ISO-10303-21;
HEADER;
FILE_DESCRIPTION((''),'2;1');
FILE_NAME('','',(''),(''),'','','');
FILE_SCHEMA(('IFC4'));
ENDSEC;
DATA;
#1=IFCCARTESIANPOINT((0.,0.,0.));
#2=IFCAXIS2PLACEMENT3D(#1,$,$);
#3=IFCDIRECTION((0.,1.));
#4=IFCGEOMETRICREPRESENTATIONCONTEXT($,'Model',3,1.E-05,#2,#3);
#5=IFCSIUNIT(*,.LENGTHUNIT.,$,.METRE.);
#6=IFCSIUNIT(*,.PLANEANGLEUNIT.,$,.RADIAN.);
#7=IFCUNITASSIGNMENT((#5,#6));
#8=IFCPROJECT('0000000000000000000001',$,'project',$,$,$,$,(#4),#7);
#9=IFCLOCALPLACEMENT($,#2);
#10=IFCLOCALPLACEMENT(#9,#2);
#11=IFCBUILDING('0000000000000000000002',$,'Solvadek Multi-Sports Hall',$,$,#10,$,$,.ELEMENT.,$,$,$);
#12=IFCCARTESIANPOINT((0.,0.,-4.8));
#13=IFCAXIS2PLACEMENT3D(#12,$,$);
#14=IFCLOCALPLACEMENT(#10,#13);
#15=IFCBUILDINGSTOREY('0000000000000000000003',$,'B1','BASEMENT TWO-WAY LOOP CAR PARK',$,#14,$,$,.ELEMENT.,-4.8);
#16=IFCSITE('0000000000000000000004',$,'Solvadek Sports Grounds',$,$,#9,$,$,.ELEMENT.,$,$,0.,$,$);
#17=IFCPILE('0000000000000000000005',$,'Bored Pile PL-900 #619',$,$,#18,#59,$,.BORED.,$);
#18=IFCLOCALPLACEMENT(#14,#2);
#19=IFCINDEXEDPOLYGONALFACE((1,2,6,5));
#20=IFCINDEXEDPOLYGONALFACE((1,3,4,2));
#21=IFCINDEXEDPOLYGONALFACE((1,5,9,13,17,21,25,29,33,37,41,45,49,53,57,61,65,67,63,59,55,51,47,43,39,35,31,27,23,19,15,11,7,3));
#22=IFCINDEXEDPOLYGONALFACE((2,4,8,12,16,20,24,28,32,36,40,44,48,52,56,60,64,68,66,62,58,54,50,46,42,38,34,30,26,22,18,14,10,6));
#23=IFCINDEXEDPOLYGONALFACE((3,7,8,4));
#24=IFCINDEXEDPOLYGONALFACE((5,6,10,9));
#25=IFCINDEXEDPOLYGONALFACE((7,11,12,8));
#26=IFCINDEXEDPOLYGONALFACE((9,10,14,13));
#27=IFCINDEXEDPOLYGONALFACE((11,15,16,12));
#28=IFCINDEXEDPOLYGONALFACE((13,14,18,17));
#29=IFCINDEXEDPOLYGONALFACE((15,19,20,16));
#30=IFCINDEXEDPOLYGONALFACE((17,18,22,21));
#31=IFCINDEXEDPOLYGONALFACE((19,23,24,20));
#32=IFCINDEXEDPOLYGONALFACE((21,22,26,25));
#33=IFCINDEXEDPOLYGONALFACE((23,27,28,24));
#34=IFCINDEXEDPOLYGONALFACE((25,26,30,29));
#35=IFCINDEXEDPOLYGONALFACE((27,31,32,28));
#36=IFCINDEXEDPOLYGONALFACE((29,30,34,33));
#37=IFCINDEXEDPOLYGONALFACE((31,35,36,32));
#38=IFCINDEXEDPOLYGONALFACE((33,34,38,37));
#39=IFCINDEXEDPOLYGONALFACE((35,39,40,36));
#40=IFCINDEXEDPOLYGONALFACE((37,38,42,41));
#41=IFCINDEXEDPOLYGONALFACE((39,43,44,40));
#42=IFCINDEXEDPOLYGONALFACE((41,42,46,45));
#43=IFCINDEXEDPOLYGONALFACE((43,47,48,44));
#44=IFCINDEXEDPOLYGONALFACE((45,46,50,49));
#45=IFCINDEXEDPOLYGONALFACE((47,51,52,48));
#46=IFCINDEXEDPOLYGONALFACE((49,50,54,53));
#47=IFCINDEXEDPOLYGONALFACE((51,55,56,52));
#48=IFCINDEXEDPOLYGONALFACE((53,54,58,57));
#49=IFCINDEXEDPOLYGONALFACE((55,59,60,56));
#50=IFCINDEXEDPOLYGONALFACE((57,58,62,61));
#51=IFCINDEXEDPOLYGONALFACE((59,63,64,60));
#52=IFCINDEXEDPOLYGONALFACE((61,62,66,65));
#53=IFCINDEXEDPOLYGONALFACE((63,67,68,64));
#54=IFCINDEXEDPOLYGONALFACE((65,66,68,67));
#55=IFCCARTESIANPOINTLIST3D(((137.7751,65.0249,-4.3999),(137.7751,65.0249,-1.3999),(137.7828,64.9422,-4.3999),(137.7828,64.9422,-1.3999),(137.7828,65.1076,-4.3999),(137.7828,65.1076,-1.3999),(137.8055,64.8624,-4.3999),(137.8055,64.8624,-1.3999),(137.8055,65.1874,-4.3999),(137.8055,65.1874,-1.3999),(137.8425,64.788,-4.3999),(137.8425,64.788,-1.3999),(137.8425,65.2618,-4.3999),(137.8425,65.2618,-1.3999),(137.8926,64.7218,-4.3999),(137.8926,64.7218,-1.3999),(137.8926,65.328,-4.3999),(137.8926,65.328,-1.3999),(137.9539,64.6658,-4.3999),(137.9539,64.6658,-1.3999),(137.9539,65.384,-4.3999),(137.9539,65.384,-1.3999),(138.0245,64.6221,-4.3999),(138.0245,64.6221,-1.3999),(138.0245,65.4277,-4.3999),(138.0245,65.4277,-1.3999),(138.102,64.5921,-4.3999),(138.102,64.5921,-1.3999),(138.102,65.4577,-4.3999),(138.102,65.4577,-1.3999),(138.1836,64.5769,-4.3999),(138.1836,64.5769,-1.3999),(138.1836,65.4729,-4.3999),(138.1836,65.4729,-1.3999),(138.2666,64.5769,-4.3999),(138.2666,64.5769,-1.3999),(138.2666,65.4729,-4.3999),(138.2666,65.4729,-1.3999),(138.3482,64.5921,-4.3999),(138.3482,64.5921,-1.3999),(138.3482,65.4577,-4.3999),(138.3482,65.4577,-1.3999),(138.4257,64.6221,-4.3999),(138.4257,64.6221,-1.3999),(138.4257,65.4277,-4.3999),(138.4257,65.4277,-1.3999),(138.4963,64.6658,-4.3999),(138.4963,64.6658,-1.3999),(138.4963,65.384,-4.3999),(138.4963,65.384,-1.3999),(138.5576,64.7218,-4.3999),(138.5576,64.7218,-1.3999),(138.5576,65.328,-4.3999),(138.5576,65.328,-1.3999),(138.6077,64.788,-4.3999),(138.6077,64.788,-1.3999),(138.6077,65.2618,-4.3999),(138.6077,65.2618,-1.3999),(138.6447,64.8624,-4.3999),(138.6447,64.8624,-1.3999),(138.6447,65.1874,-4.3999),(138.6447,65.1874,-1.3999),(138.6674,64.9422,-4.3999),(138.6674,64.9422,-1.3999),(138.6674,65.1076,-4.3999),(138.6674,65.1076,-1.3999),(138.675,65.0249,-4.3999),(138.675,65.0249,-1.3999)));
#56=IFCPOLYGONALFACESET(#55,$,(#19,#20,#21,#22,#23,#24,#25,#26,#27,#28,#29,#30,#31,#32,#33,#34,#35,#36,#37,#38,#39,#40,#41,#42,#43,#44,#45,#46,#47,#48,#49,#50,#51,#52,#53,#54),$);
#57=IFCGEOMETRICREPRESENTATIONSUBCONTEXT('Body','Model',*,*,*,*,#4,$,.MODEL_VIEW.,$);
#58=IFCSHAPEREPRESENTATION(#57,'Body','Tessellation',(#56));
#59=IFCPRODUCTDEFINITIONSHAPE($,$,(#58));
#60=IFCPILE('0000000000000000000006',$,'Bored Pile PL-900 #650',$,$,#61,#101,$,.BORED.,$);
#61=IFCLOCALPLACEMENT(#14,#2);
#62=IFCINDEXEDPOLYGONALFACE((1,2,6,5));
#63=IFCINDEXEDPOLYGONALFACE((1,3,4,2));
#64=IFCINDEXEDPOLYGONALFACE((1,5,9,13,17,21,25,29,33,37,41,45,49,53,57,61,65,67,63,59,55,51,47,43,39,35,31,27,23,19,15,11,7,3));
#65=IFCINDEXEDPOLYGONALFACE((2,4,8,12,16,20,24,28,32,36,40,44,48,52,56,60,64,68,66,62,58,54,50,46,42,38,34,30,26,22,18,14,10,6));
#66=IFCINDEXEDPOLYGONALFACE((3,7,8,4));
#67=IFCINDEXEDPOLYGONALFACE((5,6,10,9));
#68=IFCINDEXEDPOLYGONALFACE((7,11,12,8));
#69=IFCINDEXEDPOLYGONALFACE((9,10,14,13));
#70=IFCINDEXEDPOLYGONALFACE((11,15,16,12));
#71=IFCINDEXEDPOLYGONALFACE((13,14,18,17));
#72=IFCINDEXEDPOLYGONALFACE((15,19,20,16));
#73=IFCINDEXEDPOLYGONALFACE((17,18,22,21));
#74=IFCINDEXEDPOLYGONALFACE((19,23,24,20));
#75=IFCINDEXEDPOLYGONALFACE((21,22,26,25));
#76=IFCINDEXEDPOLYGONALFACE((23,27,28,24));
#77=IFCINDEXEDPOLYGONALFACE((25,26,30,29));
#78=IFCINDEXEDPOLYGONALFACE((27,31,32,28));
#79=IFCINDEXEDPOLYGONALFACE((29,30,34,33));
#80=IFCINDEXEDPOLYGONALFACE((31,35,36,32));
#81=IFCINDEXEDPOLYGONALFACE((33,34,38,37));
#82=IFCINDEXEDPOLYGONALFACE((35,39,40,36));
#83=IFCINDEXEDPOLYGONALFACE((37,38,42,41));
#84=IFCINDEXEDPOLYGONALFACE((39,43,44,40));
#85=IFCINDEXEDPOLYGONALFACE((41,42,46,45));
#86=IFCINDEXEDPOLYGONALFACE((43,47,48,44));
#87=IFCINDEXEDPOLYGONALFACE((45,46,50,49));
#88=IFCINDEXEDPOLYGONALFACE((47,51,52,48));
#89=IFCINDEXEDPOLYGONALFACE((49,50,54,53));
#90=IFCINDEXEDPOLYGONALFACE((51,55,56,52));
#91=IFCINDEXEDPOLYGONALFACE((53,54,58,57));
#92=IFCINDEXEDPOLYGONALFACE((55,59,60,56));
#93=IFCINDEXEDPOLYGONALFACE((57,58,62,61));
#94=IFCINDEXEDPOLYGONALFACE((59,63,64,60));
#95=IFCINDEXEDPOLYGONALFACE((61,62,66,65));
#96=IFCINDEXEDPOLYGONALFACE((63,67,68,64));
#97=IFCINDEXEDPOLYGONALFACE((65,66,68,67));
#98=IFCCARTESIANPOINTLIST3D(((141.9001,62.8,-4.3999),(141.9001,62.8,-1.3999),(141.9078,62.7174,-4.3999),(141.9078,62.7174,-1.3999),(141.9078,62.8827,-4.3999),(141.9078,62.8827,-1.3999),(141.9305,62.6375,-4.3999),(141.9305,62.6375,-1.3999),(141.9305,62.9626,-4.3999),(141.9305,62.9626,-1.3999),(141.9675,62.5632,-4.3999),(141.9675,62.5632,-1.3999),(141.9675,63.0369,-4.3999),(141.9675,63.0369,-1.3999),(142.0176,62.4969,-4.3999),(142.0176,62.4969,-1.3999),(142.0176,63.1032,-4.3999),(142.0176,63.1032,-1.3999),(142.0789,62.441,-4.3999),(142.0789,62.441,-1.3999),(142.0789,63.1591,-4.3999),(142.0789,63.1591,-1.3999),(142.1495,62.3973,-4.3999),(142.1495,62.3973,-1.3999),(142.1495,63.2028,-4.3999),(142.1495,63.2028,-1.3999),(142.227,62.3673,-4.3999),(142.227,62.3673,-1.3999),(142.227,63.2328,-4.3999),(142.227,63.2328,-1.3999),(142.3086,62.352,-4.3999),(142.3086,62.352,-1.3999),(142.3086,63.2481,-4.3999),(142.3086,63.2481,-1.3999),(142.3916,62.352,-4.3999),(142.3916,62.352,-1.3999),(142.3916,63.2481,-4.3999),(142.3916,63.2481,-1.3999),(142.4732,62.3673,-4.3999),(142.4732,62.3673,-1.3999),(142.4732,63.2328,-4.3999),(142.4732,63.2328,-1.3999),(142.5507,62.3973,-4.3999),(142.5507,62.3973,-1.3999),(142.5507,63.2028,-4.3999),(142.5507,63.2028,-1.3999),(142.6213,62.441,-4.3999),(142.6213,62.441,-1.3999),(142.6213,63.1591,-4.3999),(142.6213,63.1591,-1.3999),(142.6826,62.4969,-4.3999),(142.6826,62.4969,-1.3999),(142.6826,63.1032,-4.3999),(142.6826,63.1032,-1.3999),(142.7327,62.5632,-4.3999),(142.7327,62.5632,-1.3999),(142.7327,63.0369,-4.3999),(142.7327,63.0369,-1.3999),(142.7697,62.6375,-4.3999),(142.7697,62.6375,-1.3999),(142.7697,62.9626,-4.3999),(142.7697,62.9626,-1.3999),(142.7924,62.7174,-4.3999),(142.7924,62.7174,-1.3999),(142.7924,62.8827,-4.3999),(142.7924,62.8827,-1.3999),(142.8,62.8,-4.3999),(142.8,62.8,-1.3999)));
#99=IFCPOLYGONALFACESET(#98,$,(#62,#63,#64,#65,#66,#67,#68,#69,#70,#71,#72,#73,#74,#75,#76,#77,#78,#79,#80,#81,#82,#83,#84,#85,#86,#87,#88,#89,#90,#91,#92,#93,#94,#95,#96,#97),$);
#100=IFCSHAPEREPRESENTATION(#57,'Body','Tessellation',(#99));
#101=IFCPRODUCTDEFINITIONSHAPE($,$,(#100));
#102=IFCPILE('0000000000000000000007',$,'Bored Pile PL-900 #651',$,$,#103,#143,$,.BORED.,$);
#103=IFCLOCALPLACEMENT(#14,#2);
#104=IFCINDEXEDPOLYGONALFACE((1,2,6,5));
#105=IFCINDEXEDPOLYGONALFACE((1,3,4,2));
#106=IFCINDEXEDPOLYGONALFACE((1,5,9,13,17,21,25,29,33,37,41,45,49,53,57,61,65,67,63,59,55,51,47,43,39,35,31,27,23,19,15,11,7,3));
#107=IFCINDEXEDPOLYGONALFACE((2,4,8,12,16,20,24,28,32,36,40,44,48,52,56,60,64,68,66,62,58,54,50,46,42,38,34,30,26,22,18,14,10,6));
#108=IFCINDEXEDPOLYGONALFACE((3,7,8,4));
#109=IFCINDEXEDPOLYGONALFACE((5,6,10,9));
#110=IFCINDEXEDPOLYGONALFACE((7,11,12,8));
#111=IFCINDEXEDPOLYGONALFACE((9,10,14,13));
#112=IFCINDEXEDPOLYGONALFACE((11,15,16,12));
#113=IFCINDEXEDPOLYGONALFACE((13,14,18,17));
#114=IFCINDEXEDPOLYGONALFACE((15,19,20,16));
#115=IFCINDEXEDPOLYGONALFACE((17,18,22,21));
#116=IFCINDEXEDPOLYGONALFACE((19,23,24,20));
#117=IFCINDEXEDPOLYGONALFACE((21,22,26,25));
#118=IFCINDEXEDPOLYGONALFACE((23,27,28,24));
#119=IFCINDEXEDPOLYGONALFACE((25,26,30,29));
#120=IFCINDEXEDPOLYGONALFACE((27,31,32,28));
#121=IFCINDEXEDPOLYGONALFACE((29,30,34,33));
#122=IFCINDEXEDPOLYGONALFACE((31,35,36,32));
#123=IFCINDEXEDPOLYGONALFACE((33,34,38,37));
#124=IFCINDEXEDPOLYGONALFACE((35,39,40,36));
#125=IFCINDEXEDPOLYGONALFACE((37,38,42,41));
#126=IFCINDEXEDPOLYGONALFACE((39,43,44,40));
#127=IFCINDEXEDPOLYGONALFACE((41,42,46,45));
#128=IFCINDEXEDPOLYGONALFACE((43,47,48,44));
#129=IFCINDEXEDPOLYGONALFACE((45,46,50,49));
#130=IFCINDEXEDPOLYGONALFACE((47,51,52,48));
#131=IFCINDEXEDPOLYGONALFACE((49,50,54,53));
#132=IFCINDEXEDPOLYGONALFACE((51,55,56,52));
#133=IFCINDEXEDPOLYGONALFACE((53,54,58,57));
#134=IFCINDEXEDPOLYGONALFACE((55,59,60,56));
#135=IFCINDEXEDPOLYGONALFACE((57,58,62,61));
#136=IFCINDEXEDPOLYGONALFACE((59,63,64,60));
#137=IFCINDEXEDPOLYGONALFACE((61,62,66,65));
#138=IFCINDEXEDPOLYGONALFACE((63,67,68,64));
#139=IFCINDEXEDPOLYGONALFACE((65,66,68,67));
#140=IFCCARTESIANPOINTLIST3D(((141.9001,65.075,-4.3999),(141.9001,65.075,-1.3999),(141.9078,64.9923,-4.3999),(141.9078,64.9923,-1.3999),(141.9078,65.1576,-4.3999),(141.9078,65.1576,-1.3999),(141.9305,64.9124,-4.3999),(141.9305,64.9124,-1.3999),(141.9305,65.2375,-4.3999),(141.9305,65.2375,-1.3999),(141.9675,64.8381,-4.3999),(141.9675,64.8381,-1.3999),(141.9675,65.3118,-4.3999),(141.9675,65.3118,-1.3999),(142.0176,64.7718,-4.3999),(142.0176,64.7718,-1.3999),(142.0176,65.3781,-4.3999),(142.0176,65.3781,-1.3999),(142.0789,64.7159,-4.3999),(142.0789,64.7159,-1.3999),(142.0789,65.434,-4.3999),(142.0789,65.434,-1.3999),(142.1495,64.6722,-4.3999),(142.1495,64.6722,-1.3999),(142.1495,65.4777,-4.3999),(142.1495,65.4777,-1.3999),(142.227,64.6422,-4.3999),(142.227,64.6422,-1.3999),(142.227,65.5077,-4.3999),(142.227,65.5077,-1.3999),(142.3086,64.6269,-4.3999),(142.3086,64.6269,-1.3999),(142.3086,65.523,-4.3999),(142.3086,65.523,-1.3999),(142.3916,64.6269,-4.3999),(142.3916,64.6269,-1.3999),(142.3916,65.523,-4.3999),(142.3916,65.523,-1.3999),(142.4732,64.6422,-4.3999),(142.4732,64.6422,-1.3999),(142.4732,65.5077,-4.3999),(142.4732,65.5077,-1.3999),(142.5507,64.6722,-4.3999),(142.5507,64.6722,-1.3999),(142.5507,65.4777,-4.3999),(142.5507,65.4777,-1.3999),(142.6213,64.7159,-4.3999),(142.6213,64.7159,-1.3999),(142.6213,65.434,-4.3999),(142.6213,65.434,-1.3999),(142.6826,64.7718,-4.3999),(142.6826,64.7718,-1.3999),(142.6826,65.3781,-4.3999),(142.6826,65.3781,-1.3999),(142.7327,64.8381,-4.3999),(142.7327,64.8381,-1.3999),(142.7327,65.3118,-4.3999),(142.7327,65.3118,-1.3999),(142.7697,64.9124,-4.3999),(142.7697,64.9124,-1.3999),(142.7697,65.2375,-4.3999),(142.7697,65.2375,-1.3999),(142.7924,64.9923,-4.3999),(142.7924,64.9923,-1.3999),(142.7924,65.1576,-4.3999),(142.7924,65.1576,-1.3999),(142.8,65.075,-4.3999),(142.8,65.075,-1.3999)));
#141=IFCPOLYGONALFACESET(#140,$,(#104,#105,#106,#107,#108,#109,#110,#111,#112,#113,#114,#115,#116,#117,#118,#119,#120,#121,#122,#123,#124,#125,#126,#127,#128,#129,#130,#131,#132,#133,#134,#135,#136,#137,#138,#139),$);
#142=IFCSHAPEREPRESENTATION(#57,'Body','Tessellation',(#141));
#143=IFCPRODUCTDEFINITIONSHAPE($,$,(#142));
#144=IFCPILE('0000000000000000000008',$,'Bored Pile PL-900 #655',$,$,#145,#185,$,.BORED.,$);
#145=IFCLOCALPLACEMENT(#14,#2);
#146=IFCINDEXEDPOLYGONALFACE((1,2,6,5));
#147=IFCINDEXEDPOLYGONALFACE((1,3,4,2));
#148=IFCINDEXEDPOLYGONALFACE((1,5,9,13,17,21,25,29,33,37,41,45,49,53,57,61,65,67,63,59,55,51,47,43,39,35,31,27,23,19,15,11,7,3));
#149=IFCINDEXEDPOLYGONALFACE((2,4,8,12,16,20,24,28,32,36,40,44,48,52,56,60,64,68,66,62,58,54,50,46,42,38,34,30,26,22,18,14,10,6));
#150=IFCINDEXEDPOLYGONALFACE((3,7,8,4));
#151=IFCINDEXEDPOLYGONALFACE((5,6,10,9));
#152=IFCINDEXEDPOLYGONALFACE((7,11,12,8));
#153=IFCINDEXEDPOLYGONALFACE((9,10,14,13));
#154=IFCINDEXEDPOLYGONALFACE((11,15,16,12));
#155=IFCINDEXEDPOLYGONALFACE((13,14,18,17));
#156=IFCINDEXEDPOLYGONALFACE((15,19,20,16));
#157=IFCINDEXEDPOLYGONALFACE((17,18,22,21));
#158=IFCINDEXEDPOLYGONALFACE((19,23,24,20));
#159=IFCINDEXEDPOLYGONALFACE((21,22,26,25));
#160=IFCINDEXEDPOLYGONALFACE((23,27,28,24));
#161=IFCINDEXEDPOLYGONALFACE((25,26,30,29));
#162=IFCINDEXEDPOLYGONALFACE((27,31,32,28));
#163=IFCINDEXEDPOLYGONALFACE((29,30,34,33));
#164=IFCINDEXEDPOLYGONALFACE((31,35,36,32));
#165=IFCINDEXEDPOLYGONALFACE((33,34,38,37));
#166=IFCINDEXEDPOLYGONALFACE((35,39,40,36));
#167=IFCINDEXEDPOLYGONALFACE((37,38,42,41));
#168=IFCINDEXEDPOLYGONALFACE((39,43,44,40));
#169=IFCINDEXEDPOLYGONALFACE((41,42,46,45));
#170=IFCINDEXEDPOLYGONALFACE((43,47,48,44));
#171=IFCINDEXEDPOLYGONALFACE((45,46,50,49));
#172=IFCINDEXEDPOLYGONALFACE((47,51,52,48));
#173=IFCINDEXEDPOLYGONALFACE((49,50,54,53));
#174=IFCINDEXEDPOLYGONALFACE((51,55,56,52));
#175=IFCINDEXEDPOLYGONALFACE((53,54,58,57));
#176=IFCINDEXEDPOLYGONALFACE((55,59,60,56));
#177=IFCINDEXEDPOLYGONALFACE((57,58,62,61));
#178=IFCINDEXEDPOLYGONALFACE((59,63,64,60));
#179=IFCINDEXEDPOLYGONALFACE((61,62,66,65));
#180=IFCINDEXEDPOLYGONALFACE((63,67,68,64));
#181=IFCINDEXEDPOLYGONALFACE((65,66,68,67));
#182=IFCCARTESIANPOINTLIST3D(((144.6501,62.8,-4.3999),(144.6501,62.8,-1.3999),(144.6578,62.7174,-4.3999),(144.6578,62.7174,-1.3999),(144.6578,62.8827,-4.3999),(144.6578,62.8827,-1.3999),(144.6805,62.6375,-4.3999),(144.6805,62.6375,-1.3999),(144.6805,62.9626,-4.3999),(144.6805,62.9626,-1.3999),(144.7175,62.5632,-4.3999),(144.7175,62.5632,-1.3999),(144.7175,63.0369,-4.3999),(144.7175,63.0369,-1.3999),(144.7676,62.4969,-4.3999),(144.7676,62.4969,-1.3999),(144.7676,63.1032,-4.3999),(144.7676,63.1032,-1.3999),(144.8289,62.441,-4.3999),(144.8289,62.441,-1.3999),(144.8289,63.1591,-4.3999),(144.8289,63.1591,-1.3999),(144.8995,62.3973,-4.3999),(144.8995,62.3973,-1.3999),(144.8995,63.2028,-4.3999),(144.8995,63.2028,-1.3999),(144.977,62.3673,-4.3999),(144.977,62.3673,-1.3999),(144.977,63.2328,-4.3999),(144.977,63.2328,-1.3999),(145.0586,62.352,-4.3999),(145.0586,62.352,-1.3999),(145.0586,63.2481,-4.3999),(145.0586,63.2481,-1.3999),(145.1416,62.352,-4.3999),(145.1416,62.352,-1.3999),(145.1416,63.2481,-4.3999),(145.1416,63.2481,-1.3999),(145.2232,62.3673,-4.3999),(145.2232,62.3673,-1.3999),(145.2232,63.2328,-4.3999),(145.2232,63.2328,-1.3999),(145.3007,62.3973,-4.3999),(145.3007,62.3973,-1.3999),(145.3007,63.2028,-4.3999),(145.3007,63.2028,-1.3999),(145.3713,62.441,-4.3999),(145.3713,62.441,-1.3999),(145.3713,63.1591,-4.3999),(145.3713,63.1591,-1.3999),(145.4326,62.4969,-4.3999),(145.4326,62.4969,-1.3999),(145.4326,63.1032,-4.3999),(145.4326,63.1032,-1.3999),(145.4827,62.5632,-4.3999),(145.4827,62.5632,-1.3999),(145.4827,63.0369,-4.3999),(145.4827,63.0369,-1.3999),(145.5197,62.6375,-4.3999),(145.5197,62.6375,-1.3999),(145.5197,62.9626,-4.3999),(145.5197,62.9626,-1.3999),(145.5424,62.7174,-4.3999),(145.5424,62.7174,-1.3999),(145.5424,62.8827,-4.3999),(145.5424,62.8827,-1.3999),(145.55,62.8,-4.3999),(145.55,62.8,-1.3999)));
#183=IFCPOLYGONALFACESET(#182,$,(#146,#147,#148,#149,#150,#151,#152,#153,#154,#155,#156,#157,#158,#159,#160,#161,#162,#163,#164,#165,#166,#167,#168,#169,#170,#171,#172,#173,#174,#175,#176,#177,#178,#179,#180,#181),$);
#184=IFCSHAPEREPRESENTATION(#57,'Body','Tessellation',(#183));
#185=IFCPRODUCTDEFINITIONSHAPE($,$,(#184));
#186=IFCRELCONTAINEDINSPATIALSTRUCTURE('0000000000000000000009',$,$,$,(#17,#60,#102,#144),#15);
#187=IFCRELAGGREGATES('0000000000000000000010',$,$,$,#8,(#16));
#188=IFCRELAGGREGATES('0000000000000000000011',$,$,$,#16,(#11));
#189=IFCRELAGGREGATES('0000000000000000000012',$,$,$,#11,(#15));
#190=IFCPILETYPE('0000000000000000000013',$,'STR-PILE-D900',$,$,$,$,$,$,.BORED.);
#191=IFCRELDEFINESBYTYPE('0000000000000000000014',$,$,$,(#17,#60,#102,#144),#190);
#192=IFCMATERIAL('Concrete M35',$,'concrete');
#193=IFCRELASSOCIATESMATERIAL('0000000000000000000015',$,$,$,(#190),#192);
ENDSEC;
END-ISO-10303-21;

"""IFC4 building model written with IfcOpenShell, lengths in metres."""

from ifc_helpers import new_model, si_unit, direction, frame, origin, origin_2d, place, context, subcontext, project, spatial, circle, extrude, material, material_profile, profile_set, type_object, element, save


model = new_model("IFC4")

# Units and contexts
model_context = context("Model", 3, precision=1e-05, world=origin(), true_north=direction((0.0, 1.0)))
body_context = subcontext(model_context, "Body", "Model", "MODEL_VIEW")
ifc_project = project(units=[si_unit("LENGTHUNIT", "METRE"), si_unit("PLANEANGLEUNIT", "RADIAN")], contexts=[model_context])

# Site, building, storey
site_placement = place(None, origin())
site = spatial("IfcSite", under=ifc_project, at=site_placement, Name="Solvadek Sports Grounds", CompositionType="ELEMENT", RefElevation=0.0)
building_placement = place(site_placement, origin())
building = spatial("IfcBuilding", under=site, at=building_placement, Name="Solvadek Multi-Sports Hall", CompositionType="ELEMENT")
storey_placement = place(building_placement, frame((0.0, 0.0, -4.8)))
storey = spatial("IfcBuildingStorey", under=building, at=storey_placement, Name="B1", Description="BASEMENT TWO-WAY LOOP CAR PARK", CompositionType="ELEMENT", Elevation=-4.8)

# Piles
ifc_material_1 = material(Name="Concrete M35", Category="concrete")
ifc_material_profile_1 = material_profile(ifc_material_1, circle(Radius=0.45, at=origin_2d()), Name="BORED PILE D900")
ifc_profile_set_1 = profile_set([ifc_material_profile_1], Name="Concrete M35")
pile_type_1 = type_object("IfcPileType", Name="STR-PILE-D900", PredefinedType="BORED", material=ifc_profile_set_1)
for number, where, z_axis, x_axis, name in (
    (1, (138.2251, 65.0249, -1.3999), (0.0, 0.0, -1.0), (1.0, 0.0, 0.0), "Bored Pile PL-900 #619"),
    (2, (142.3501, 62.8, -1.3999), (0.0, 0.0, -1.0), (1.0, 0.0, 0.0), "Bored Pile PL-900 #650"),
    (3, (142.3501, 65.075, -1.3999), (0.0, 0.0, -1.0), (1.0, 0.0, 0.0), "Bored Pile PL-900 #651"),
    (4, (145.1001, 62.8, -1.3999), (0.0, 0.0, -1.0), (1.0, 0.0, 0.0), "Bored Pile PL-900 #655"),
):
    element("IfcPile", number, at=place(storey_placement, frame(where, z_axis=z_axis, x_axis=x_axis)), inside=storey, type_object=pile_type_1, Name=name, PredefinedType="BORED", context=body_context, shape_type="SweptSolid", body=[
        extrude(circle(Radius=0.45, at=origin_2d()), origin(), (0.0, 0.0, 1.0), 3.0),
    ])

save(model, "model.ifc")
